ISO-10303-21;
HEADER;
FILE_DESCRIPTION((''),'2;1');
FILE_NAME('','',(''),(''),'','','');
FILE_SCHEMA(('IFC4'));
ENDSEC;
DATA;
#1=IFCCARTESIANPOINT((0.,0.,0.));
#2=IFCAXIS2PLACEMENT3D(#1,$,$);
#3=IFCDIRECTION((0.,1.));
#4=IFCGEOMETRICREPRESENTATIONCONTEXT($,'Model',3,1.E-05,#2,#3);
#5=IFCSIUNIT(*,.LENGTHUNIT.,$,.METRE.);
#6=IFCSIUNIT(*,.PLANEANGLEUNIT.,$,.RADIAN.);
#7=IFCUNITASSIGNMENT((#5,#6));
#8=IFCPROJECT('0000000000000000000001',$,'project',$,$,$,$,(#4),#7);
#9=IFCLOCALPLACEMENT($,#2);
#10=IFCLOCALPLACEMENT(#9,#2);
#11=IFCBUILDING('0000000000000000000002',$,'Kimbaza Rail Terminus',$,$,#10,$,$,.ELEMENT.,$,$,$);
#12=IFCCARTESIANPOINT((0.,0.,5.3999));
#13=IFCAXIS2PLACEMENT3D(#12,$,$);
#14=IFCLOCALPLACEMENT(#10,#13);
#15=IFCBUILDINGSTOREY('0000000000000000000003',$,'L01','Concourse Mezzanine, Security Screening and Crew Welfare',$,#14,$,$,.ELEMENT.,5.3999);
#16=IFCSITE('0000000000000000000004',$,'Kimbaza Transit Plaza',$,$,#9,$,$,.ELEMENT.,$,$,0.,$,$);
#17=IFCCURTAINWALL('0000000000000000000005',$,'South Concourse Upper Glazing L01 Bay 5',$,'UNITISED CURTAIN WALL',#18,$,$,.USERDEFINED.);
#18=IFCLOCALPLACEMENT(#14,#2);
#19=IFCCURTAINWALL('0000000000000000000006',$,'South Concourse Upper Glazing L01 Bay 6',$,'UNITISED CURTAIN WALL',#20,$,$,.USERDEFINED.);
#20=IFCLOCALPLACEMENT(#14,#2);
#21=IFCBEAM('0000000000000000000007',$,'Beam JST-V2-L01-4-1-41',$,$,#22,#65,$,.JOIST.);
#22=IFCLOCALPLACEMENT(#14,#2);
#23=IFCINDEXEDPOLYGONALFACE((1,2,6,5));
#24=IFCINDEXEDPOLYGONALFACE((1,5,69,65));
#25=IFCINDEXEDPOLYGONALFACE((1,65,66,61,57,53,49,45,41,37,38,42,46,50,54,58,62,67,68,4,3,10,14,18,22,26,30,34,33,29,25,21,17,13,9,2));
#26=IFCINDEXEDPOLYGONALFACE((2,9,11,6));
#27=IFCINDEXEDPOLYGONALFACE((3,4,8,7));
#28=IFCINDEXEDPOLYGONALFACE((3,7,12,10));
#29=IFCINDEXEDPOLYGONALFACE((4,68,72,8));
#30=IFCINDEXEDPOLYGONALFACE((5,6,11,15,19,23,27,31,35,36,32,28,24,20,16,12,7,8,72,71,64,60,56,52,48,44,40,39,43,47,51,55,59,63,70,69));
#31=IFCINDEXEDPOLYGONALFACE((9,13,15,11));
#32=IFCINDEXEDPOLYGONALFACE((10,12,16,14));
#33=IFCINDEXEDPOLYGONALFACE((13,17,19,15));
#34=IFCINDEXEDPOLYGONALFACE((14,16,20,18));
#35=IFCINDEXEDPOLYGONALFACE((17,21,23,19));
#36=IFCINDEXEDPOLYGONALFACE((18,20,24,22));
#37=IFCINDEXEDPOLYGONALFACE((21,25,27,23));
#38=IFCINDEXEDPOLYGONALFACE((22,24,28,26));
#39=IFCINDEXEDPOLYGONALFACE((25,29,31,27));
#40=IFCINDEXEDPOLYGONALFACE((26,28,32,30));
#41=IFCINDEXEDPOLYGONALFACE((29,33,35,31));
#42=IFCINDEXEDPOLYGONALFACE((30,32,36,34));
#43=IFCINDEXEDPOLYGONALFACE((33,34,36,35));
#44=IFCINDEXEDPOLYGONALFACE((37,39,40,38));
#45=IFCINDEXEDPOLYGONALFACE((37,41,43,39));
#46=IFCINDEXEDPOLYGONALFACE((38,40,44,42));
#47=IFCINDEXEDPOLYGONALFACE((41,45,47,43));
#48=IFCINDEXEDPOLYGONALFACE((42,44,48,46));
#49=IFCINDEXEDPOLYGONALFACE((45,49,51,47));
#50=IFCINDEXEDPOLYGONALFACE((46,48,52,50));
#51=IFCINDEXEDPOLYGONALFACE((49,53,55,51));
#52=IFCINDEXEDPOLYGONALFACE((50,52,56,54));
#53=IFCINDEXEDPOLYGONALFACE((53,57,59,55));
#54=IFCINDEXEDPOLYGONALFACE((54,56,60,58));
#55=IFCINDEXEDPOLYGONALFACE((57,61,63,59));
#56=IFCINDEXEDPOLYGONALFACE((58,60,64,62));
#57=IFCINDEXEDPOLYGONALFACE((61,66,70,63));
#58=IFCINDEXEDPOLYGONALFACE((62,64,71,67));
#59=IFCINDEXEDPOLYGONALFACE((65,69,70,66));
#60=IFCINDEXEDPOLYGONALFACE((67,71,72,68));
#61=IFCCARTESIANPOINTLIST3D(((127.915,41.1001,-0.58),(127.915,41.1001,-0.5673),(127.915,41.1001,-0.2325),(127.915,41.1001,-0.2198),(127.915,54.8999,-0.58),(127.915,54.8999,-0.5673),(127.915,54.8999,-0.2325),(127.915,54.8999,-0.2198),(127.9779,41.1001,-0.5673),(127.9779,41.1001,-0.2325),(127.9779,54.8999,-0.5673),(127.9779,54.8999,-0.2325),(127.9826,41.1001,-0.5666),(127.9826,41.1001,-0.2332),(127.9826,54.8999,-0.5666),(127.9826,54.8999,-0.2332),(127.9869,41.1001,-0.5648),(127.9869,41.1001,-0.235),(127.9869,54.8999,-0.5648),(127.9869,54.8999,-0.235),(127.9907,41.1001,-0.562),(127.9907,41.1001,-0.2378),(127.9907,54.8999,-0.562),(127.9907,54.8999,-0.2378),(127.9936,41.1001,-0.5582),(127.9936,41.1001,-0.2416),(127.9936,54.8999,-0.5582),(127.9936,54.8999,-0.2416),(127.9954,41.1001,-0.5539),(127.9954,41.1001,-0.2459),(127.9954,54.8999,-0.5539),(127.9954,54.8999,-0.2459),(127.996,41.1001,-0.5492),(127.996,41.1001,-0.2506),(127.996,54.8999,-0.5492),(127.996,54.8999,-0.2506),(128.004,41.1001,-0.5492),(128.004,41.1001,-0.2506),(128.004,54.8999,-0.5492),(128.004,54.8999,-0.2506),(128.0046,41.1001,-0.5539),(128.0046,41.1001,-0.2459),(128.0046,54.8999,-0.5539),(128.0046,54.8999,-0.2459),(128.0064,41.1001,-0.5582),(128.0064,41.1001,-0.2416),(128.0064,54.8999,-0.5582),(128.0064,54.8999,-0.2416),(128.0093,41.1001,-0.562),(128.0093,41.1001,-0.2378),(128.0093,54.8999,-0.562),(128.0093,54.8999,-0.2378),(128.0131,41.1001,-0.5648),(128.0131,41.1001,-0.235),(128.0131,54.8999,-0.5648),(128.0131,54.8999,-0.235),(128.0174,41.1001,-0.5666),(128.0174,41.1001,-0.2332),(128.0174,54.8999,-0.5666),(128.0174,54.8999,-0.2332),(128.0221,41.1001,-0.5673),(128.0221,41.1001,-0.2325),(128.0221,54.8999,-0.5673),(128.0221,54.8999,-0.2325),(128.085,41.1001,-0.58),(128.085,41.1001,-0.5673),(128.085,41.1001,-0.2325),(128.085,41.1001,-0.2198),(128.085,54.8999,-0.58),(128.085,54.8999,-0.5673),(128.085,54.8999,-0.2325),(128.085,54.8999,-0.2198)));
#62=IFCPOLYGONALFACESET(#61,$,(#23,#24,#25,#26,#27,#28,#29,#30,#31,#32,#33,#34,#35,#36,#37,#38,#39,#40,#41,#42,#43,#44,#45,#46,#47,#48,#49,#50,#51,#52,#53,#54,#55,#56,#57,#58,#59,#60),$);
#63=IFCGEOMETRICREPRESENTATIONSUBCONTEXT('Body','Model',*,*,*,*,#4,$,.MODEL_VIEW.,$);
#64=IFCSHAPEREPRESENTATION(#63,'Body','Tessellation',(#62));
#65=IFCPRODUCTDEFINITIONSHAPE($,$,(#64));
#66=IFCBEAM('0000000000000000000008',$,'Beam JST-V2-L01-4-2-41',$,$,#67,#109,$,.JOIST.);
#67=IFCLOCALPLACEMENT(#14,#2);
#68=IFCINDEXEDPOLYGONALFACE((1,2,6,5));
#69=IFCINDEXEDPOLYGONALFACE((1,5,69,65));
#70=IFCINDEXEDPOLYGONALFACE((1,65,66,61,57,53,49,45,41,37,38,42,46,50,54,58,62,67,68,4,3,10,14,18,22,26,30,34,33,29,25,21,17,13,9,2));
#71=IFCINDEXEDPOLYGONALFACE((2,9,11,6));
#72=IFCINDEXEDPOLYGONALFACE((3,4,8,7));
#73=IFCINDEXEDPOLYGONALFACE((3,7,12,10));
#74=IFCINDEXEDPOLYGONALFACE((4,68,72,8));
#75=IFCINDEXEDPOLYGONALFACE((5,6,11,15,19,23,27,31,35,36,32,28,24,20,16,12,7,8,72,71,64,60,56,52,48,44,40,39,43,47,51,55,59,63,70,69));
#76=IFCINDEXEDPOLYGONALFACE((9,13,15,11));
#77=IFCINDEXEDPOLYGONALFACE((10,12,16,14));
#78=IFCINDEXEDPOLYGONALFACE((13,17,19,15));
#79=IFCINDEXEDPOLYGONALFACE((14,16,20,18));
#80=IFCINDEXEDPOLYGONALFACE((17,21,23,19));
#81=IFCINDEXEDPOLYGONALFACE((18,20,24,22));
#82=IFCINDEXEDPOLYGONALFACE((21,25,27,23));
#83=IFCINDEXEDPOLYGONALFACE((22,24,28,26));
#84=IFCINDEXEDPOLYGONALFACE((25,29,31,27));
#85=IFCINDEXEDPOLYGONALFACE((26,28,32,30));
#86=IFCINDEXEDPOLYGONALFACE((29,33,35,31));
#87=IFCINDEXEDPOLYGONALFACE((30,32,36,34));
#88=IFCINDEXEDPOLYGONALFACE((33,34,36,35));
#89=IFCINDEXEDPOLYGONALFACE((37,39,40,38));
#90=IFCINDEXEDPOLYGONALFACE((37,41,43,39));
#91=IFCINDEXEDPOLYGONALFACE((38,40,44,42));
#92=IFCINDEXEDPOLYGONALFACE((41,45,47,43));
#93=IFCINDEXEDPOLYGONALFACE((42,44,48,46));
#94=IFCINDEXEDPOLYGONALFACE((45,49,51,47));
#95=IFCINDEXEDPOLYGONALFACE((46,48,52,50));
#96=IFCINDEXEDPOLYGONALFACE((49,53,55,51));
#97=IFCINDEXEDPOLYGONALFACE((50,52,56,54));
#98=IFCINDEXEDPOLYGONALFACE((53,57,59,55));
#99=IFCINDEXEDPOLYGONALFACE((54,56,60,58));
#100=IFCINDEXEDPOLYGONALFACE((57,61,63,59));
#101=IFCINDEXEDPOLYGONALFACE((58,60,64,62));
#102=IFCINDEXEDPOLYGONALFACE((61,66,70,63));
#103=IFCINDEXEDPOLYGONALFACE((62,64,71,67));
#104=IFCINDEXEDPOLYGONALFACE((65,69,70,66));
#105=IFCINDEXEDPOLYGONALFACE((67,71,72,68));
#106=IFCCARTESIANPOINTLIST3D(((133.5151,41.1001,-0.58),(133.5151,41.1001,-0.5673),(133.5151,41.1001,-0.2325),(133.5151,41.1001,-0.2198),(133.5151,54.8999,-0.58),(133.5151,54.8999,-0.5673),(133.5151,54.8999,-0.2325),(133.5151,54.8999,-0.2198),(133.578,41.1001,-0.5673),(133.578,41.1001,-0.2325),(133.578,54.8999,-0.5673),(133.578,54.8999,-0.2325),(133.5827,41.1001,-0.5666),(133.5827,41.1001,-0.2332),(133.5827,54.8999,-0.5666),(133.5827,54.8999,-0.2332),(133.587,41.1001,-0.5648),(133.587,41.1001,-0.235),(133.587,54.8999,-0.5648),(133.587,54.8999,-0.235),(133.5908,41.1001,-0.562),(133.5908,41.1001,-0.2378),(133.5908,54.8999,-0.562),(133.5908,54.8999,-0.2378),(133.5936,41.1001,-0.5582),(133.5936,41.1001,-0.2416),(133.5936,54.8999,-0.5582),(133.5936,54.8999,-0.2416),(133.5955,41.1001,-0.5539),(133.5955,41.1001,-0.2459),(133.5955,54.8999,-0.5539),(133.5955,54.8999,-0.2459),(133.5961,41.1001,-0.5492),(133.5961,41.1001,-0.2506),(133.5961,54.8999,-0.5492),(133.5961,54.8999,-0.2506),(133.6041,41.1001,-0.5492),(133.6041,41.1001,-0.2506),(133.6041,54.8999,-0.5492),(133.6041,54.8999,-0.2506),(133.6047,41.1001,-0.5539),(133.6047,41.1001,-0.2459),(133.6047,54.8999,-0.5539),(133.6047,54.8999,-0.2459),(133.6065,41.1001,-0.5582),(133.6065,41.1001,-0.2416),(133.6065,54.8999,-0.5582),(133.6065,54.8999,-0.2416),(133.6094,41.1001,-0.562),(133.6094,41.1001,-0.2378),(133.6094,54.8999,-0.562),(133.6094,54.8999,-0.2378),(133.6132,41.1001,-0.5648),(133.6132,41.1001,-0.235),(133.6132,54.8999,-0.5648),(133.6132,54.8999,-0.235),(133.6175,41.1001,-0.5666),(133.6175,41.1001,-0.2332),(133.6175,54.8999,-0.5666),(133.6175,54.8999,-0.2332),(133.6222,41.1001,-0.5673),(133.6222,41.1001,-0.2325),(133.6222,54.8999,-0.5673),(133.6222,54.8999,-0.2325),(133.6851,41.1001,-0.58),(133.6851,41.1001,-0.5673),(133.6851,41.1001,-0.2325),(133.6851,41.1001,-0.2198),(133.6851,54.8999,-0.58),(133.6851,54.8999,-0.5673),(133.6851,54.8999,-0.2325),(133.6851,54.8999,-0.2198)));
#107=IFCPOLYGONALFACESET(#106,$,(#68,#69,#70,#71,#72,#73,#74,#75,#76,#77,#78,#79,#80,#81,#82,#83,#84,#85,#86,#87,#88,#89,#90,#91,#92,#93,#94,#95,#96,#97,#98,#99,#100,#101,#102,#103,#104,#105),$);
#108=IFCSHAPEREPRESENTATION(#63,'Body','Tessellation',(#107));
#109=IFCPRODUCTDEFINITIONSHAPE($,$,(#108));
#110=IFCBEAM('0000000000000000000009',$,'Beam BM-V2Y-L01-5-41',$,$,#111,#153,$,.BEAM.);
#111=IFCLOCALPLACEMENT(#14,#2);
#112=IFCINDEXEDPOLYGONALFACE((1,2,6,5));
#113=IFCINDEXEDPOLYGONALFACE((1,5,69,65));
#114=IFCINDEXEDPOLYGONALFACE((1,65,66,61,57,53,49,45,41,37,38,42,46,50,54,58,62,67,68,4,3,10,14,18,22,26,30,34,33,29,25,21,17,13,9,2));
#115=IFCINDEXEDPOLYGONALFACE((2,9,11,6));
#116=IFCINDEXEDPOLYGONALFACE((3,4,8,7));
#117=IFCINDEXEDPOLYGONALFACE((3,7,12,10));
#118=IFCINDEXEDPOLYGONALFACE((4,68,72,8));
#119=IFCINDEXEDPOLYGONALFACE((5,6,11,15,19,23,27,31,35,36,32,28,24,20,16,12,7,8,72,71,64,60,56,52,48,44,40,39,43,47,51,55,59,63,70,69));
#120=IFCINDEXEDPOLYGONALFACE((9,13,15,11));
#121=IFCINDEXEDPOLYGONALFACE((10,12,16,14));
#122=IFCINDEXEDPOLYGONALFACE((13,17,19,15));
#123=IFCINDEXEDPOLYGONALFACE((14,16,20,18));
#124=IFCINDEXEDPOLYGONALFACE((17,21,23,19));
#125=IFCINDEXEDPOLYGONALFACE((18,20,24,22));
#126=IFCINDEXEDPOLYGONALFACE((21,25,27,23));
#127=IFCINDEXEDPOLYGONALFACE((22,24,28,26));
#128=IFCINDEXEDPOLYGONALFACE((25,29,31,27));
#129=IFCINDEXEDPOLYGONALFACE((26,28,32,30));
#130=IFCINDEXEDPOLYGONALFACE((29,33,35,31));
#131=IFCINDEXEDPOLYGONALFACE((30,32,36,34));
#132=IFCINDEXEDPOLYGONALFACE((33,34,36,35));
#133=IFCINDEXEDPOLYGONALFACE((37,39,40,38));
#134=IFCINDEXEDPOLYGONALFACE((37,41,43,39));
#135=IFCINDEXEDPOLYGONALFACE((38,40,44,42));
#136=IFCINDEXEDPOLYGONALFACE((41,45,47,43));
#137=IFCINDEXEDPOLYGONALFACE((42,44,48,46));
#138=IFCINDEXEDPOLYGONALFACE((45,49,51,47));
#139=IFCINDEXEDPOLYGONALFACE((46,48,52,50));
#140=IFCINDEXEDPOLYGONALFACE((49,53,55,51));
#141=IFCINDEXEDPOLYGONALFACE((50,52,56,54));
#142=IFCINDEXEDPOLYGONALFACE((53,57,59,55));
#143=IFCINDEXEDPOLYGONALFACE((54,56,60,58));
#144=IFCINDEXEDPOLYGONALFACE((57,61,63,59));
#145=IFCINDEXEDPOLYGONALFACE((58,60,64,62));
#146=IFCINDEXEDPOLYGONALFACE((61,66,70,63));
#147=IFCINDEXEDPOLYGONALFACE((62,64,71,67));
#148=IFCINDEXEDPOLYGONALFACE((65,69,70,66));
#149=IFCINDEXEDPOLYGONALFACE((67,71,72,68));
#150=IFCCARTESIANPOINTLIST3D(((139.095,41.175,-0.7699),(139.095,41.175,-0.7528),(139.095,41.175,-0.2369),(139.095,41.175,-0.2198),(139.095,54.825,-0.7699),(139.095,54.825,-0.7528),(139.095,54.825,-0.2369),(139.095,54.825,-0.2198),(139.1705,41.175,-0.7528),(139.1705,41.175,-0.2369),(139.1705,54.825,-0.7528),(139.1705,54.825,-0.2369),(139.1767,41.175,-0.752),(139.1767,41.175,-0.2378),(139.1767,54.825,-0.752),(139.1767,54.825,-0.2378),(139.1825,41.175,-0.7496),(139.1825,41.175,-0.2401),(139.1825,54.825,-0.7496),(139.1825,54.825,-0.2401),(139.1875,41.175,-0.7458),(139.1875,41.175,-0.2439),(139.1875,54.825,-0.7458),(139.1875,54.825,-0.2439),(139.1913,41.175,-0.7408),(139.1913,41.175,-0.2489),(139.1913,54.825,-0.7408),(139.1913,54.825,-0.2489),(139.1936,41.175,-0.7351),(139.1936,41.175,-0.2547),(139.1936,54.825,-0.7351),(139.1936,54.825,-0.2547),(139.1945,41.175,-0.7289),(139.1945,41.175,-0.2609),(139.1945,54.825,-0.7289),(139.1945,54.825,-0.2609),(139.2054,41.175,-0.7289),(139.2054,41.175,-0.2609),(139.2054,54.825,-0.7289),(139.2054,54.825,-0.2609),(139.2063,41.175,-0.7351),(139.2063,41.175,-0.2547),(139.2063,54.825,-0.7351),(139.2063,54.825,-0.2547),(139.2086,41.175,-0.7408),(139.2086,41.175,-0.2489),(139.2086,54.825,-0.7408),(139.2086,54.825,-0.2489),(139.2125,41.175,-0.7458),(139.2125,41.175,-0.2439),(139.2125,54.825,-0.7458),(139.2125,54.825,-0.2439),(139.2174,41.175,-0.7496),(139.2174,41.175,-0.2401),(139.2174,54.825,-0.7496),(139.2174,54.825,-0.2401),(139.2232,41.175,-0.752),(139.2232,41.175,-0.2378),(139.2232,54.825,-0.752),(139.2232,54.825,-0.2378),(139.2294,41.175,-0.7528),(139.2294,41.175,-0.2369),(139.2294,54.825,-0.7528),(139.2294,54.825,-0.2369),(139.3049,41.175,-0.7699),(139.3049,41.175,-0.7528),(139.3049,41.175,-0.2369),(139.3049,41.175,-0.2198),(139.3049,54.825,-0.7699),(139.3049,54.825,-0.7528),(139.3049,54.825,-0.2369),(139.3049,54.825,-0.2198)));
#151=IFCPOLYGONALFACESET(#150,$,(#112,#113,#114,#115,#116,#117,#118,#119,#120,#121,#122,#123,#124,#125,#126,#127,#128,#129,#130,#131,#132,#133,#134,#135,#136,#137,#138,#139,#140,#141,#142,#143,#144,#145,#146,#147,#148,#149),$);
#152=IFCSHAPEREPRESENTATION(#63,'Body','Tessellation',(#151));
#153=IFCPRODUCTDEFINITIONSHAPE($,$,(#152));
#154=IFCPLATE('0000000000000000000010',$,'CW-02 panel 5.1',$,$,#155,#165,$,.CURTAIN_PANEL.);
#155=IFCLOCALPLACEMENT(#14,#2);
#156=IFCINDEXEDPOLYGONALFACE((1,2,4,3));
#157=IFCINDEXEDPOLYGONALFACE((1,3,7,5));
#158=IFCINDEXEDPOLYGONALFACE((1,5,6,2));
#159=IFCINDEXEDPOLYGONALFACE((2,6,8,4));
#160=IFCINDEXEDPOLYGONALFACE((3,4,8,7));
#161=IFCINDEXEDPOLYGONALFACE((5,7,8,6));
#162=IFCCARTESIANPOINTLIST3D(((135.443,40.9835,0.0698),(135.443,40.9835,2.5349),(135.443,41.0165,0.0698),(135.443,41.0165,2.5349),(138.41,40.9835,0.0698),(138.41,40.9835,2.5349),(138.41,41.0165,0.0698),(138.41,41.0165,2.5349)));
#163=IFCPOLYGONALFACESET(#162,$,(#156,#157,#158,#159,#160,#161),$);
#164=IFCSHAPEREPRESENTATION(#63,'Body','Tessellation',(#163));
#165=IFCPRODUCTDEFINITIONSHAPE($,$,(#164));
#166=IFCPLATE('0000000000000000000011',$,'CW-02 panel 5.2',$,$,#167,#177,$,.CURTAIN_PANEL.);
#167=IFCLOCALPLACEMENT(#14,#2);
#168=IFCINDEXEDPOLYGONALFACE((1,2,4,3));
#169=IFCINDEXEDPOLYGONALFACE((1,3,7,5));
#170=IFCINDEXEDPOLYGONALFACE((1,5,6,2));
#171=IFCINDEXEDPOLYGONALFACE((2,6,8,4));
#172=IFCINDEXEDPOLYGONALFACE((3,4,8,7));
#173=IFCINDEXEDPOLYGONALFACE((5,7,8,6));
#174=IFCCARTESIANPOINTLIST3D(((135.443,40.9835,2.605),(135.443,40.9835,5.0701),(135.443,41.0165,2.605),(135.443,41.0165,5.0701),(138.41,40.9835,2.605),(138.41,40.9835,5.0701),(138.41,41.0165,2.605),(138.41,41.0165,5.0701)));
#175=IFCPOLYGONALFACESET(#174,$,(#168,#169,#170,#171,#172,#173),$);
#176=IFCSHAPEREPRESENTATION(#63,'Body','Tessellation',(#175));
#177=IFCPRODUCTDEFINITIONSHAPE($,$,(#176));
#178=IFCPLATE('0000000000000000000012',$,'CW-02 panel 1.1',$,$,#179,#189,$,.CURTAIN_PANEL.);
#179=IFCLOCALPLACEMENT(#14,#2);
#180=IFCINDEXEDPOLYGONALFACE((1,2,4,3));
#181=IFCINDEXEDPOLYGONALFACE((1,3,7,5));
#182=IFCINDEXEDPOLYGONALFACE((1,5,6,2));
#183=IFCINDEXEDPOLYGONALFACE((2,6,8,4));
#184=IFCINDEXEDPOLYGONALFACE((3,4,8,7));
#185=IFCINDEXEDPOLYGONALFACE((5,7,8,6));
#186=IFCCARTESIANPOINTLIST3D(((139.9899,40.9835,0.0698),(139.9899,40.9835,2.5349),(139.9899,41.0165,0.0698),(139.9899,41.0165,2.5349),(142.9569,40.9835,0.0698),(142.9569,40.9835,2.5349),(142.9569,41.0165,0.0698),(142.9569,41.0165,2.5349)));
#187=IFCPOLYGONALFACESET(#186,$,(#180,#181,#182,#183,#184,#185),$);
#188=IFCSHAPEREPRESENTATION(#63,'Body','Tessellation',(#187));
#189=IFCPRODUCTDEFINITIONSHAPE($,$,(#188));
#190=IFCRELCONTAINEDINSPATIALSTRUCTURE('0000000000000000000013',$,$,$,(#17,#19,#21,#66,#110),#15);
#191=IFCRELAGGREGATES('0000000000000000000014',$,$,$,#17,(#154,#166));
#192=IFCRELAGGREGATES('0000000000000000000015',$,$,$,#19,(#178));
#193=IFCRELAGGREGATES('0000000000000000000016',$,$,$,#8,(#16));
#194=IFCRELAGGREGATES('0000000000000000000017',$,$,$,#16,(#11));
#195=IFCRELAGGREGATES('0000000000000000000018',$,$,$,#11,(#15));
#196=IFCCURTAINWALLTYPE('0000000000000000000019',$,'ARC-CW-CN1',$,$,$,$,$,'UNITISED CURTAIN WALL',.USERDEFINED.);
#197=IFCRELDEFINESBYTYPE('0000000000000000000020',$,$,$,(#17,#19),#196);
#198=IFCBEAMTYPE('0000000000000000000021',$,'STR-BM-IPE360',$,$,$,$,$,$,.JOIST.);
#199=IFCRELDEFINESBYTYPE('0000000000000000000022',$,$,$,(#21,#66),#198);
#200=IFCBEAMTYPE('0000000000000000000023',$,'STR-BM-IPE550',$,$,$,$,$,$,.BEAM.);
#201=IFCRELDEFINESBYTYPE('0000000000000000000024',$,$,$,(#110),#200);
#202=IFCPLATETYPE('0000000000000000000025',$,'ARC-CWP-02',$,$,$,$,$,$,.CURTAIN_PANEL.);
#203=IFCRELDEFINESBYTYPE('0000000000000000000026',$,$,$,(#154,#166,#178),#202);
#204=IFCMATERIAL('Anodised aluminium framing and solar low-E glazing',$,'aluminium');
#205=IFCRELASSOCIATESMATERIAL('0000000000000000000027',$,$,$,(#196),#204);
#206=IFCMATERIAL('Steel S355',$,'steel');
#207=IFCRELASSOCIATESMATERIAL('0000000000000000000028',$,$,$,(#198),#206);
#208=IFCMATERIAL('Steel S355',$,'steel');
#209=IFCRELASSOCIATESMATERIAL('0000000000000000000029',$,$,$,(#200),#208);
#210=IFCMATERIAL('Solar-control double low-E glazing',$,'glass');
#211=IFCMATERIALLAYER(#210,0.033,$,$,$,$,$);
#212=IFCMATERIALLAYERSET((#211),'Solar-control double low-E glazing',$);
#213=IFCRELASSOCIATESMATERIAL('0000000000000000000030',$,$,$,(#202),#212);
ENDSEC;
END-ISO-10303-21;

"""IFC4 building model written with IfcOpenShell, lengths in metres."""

from ifc_helpers import new_model, si_unit, direction, frame, origin, origin_2d, place, context, subcontext, project, spatial, rectangle, i_section, extrude, material, layer, layer_set, material_profile, profile_set, type_object, element, aggregate, save


model = new_model("IFC4")

# Units and contexts
model_context = context("Model", 3, precision=1e-05, world=origin(), true_north=direction((0.0, 1.0)))
body_context = subcontext(model_context, "Body", "Model", "MODEL_VIEW")
ifc_project = project(units=[si_unit("LENGTHUNIT", "METRE"), si_unit("PLANEANGLEUNIT", "RADIAN")], contexts=[model_context])

# Site, building, storey
site_placement = place(None, origin())
site = spatial("IfcSite", under=ifc_project, at=site_placement, Name="Kimbaza Transit Plaza", CompositionType="ELEMENT", RefElevation=0.0)
building_placement = place(site_placement, origin())
building = spatial("IfcBuilding", under=site, at=building_placement, Name="Kimbaza Rail Terminus", CompositionType="ELEMENT")
storey_placement = place(building_placement, frame((0.0, 0.0, 5.3999)))
storey = spatial("IfcBuildingStorey", under=building, at=storey_placement, Name="L01", Description="Concourse Mezzanine, Security Screening and Crew Welfare", CompositionType="ELEMENT", Elevation=5.3999)

# Curtain wall
ifc_material_1 = material(Name="Anodised aluminium framing and solar low-E glazing", Category="aluminium")
curtain_wall_type = type_object("IfcCurtainWallType", Name="ARC-CW-CN1", ElementType="UNITISED CURTAIN WALL", PredefinedType="USERDEFINED", material=ifc_material_1)
curtain_wall_1_placement = place(storey_placement, origin())
curtain_wall_1 = element("IfcCurtainWall", 1, at=curtain_wall_1_placement, inside=storey, type_object=curtain_wall_type, Name="South Concourse Upper Glazing L01 Bay 5", ObjectType="UNITISED CURTAIN WALL", PredefinedType="USERDEFINED")

# Curtain wall
curtain_wall_2_placement = place(storey_placement, origin())
curtain_wall_2 = element("IfcCurtainWall", 2, at=curtain_wall_2_placement, inside=storey, type_object=curtain_wall_type, Name="South Concourse Upper Glazing L01 Bay 6", ObjectType="UNITISED CURTAIN WALL", PredefinedType="USERDEFINED")

# Beams
ifc_material_2 = material(Name="Steel S355", Category="steel")
ifc_material_profile_1 = material_profile(ifc_material_2, i_section(OverallWidth=0.1699, OverallDepth=0.3601, WebThickness=0.0081, FlangeThickness=0.0127, FilletRadius=0.0181, at=origin_2d()), Name="IPE 360")
ifc_profile_set_1 = profile_set([ifc_material_profile_1], Name="Steel S355")
beam_type_1 = type_object("IfcBeamType", Name="STR-BM-IPE360", PredefinedType="JOIST", material=ifc_profile_set_1)
for number, where, z_axis, x_axis, name in (
    (3, (128.0, 41.1001, -0.3999), (0.0, 1.0, 0.0), (-1.0, 0.0, 0.0), "Beam JST-V2-L01-4-1-41"),
    (4, (133.6001, 41.1001, -0.3999), (0.0, 1.0, 0.0), (-1.0, 0.0, 0.0), "Beam JST-V2-L01-4-2-41"),
):
    element("IfcBeam", number, at=place(storey_placement, frame(where, z_axis=z_axis, x_axis=x_axis)), inside=storey, type_object=beam_type_1, Name=name, PredefinedType="JOIST", context=body_context, shape_type="SweptSolid", body=[
        extrude(i_section(OverallWidth=0.1699, OverallDepth=0.3601, WebThickness=0.0081, FlangeThickness=0.0127, FilletRadius=0.0181, at=origin_2d()), origin(), (0.0, 0.0, 1.0), 13.7998),
    ])
ifc_material_3 = material(Name="Steel S355", Category="steel")
ifc_material_profile_2 = material_profile(ifc_material_3, i_section(OverallWidth=0.21, OverallDepth=0.55, WebThickness=0.011, FlangeThickness=0.0171, FilletRadius=0.0239, at=origin_2d()), Name="IPE 550")
ifc_profile_set_2 = profile_set([ifc_material_profile_2], Name="Steel S355")
beam_type_2 = type_object("IfcBeamType", Name="STR-BM-IPE550", PredefinedType="BEAM", material=ifc_profile_set_2)
beam_placement = place(storey_placement, frame((139.2, 41.175, -0.4949), z_axis=(0.0, 1.0, 0.0), x_axis=(-1.0, 0.0, 0.0)))
element("IfcBeam", 5, at=beam_placement, inside=storey, type_object=beam_type_2, Name="Beam BM-V2Y-L01-5-41", PredefinedType="BEAM", context=body_context, shape_type="SweptSolid", body=[
    extrude(i_section(OverallWidth=0.21, OverallDepth=0.55, WebThickness=0.011, FlangeThickness=0.0171, FilletRadius=0.0239, at=origin_2d()), origin(), (0.0, 0.0, 1.0), 13.6499),
])

# Plates
ifc_material_4 = material(Name="Solar-control double low-E glazing", Category="glass")
ifc_layer_1 = layer(ifc_material_4, 0.033)
ifc_layer_set_1 = layer_set([ifc_layer_1], Name="Solar-control double low-E glazing")
plate_type = type_object("IfcPlateType", Name="ARC-CWP-02", PredefinedType="CURTAIN_PANEL", material=ifc_layer_set_1)
plate_1_placement = place(storey_placement, frame((136.9265, 41.0, 0.0698), z_axis=(0.0, 0.0, 1.0), x_axis=(1.0, 0.0, 0.0)))
plate_1 = element("IfcPlate", 6, at=plate_1_placement, type_object=plate_type, Name="CW-02 panel 5.1", PredefinedType="CURTAIN_PANEL", context=body_context, shape_type="SweptSolid", body=[
    extrude(rectangle(XDim=2.967, YDim=0.033, at=origin_2d()), origin(), (0.0, 0.0, 1.0), 2.4651),
])
plate_2_placement = place(storey_placement, frame((136.9265, 41.0, 2.605), z_axis=(0.0, 0.0, 1.0), x_axis=(1.0, 0.0, 0.0)))
plate_2 = element("IfcPlate", 7, at=plate_2_placement, type_object=plate_type, Name="CW-02 panel 5.2", PredefinedType="CURTAIN_PANEL", context=body_context, shape_type="SweptSolid", body=[
    extrude(rectangle(XDim=2.967, YDim=0.033, at=origin_2d()), origin(), (0.0, 0.0, 1.0), 2.4651),
])
aggregate(curtain_wall_1, [plate_1, plate_2])
plate_3_placement = place(storey_placement, frame((141.4734, 41.0, 0.0698), z_axis=(0.0, 0.0, 1.0), x_axis=(1.0, 0.0, 0.0)))
plate_3 = element("IfcPlate", 8, at=plate_3_placement, type_object=plate_type, Name="CW-02 panel 1.1", PredefinedType="CURTAIN_PANEL", context=body_context, shape_type="SweptSolid", body=[
    extrude(rectangle(XDim=2.967, YDim=0.033, at=origin_2d()), origin(), (0.0, 0.0, 1.0), 2.4651),
])
aggregate(curtain_wall_2, [plate_3])

save(model, "model.ifc")
